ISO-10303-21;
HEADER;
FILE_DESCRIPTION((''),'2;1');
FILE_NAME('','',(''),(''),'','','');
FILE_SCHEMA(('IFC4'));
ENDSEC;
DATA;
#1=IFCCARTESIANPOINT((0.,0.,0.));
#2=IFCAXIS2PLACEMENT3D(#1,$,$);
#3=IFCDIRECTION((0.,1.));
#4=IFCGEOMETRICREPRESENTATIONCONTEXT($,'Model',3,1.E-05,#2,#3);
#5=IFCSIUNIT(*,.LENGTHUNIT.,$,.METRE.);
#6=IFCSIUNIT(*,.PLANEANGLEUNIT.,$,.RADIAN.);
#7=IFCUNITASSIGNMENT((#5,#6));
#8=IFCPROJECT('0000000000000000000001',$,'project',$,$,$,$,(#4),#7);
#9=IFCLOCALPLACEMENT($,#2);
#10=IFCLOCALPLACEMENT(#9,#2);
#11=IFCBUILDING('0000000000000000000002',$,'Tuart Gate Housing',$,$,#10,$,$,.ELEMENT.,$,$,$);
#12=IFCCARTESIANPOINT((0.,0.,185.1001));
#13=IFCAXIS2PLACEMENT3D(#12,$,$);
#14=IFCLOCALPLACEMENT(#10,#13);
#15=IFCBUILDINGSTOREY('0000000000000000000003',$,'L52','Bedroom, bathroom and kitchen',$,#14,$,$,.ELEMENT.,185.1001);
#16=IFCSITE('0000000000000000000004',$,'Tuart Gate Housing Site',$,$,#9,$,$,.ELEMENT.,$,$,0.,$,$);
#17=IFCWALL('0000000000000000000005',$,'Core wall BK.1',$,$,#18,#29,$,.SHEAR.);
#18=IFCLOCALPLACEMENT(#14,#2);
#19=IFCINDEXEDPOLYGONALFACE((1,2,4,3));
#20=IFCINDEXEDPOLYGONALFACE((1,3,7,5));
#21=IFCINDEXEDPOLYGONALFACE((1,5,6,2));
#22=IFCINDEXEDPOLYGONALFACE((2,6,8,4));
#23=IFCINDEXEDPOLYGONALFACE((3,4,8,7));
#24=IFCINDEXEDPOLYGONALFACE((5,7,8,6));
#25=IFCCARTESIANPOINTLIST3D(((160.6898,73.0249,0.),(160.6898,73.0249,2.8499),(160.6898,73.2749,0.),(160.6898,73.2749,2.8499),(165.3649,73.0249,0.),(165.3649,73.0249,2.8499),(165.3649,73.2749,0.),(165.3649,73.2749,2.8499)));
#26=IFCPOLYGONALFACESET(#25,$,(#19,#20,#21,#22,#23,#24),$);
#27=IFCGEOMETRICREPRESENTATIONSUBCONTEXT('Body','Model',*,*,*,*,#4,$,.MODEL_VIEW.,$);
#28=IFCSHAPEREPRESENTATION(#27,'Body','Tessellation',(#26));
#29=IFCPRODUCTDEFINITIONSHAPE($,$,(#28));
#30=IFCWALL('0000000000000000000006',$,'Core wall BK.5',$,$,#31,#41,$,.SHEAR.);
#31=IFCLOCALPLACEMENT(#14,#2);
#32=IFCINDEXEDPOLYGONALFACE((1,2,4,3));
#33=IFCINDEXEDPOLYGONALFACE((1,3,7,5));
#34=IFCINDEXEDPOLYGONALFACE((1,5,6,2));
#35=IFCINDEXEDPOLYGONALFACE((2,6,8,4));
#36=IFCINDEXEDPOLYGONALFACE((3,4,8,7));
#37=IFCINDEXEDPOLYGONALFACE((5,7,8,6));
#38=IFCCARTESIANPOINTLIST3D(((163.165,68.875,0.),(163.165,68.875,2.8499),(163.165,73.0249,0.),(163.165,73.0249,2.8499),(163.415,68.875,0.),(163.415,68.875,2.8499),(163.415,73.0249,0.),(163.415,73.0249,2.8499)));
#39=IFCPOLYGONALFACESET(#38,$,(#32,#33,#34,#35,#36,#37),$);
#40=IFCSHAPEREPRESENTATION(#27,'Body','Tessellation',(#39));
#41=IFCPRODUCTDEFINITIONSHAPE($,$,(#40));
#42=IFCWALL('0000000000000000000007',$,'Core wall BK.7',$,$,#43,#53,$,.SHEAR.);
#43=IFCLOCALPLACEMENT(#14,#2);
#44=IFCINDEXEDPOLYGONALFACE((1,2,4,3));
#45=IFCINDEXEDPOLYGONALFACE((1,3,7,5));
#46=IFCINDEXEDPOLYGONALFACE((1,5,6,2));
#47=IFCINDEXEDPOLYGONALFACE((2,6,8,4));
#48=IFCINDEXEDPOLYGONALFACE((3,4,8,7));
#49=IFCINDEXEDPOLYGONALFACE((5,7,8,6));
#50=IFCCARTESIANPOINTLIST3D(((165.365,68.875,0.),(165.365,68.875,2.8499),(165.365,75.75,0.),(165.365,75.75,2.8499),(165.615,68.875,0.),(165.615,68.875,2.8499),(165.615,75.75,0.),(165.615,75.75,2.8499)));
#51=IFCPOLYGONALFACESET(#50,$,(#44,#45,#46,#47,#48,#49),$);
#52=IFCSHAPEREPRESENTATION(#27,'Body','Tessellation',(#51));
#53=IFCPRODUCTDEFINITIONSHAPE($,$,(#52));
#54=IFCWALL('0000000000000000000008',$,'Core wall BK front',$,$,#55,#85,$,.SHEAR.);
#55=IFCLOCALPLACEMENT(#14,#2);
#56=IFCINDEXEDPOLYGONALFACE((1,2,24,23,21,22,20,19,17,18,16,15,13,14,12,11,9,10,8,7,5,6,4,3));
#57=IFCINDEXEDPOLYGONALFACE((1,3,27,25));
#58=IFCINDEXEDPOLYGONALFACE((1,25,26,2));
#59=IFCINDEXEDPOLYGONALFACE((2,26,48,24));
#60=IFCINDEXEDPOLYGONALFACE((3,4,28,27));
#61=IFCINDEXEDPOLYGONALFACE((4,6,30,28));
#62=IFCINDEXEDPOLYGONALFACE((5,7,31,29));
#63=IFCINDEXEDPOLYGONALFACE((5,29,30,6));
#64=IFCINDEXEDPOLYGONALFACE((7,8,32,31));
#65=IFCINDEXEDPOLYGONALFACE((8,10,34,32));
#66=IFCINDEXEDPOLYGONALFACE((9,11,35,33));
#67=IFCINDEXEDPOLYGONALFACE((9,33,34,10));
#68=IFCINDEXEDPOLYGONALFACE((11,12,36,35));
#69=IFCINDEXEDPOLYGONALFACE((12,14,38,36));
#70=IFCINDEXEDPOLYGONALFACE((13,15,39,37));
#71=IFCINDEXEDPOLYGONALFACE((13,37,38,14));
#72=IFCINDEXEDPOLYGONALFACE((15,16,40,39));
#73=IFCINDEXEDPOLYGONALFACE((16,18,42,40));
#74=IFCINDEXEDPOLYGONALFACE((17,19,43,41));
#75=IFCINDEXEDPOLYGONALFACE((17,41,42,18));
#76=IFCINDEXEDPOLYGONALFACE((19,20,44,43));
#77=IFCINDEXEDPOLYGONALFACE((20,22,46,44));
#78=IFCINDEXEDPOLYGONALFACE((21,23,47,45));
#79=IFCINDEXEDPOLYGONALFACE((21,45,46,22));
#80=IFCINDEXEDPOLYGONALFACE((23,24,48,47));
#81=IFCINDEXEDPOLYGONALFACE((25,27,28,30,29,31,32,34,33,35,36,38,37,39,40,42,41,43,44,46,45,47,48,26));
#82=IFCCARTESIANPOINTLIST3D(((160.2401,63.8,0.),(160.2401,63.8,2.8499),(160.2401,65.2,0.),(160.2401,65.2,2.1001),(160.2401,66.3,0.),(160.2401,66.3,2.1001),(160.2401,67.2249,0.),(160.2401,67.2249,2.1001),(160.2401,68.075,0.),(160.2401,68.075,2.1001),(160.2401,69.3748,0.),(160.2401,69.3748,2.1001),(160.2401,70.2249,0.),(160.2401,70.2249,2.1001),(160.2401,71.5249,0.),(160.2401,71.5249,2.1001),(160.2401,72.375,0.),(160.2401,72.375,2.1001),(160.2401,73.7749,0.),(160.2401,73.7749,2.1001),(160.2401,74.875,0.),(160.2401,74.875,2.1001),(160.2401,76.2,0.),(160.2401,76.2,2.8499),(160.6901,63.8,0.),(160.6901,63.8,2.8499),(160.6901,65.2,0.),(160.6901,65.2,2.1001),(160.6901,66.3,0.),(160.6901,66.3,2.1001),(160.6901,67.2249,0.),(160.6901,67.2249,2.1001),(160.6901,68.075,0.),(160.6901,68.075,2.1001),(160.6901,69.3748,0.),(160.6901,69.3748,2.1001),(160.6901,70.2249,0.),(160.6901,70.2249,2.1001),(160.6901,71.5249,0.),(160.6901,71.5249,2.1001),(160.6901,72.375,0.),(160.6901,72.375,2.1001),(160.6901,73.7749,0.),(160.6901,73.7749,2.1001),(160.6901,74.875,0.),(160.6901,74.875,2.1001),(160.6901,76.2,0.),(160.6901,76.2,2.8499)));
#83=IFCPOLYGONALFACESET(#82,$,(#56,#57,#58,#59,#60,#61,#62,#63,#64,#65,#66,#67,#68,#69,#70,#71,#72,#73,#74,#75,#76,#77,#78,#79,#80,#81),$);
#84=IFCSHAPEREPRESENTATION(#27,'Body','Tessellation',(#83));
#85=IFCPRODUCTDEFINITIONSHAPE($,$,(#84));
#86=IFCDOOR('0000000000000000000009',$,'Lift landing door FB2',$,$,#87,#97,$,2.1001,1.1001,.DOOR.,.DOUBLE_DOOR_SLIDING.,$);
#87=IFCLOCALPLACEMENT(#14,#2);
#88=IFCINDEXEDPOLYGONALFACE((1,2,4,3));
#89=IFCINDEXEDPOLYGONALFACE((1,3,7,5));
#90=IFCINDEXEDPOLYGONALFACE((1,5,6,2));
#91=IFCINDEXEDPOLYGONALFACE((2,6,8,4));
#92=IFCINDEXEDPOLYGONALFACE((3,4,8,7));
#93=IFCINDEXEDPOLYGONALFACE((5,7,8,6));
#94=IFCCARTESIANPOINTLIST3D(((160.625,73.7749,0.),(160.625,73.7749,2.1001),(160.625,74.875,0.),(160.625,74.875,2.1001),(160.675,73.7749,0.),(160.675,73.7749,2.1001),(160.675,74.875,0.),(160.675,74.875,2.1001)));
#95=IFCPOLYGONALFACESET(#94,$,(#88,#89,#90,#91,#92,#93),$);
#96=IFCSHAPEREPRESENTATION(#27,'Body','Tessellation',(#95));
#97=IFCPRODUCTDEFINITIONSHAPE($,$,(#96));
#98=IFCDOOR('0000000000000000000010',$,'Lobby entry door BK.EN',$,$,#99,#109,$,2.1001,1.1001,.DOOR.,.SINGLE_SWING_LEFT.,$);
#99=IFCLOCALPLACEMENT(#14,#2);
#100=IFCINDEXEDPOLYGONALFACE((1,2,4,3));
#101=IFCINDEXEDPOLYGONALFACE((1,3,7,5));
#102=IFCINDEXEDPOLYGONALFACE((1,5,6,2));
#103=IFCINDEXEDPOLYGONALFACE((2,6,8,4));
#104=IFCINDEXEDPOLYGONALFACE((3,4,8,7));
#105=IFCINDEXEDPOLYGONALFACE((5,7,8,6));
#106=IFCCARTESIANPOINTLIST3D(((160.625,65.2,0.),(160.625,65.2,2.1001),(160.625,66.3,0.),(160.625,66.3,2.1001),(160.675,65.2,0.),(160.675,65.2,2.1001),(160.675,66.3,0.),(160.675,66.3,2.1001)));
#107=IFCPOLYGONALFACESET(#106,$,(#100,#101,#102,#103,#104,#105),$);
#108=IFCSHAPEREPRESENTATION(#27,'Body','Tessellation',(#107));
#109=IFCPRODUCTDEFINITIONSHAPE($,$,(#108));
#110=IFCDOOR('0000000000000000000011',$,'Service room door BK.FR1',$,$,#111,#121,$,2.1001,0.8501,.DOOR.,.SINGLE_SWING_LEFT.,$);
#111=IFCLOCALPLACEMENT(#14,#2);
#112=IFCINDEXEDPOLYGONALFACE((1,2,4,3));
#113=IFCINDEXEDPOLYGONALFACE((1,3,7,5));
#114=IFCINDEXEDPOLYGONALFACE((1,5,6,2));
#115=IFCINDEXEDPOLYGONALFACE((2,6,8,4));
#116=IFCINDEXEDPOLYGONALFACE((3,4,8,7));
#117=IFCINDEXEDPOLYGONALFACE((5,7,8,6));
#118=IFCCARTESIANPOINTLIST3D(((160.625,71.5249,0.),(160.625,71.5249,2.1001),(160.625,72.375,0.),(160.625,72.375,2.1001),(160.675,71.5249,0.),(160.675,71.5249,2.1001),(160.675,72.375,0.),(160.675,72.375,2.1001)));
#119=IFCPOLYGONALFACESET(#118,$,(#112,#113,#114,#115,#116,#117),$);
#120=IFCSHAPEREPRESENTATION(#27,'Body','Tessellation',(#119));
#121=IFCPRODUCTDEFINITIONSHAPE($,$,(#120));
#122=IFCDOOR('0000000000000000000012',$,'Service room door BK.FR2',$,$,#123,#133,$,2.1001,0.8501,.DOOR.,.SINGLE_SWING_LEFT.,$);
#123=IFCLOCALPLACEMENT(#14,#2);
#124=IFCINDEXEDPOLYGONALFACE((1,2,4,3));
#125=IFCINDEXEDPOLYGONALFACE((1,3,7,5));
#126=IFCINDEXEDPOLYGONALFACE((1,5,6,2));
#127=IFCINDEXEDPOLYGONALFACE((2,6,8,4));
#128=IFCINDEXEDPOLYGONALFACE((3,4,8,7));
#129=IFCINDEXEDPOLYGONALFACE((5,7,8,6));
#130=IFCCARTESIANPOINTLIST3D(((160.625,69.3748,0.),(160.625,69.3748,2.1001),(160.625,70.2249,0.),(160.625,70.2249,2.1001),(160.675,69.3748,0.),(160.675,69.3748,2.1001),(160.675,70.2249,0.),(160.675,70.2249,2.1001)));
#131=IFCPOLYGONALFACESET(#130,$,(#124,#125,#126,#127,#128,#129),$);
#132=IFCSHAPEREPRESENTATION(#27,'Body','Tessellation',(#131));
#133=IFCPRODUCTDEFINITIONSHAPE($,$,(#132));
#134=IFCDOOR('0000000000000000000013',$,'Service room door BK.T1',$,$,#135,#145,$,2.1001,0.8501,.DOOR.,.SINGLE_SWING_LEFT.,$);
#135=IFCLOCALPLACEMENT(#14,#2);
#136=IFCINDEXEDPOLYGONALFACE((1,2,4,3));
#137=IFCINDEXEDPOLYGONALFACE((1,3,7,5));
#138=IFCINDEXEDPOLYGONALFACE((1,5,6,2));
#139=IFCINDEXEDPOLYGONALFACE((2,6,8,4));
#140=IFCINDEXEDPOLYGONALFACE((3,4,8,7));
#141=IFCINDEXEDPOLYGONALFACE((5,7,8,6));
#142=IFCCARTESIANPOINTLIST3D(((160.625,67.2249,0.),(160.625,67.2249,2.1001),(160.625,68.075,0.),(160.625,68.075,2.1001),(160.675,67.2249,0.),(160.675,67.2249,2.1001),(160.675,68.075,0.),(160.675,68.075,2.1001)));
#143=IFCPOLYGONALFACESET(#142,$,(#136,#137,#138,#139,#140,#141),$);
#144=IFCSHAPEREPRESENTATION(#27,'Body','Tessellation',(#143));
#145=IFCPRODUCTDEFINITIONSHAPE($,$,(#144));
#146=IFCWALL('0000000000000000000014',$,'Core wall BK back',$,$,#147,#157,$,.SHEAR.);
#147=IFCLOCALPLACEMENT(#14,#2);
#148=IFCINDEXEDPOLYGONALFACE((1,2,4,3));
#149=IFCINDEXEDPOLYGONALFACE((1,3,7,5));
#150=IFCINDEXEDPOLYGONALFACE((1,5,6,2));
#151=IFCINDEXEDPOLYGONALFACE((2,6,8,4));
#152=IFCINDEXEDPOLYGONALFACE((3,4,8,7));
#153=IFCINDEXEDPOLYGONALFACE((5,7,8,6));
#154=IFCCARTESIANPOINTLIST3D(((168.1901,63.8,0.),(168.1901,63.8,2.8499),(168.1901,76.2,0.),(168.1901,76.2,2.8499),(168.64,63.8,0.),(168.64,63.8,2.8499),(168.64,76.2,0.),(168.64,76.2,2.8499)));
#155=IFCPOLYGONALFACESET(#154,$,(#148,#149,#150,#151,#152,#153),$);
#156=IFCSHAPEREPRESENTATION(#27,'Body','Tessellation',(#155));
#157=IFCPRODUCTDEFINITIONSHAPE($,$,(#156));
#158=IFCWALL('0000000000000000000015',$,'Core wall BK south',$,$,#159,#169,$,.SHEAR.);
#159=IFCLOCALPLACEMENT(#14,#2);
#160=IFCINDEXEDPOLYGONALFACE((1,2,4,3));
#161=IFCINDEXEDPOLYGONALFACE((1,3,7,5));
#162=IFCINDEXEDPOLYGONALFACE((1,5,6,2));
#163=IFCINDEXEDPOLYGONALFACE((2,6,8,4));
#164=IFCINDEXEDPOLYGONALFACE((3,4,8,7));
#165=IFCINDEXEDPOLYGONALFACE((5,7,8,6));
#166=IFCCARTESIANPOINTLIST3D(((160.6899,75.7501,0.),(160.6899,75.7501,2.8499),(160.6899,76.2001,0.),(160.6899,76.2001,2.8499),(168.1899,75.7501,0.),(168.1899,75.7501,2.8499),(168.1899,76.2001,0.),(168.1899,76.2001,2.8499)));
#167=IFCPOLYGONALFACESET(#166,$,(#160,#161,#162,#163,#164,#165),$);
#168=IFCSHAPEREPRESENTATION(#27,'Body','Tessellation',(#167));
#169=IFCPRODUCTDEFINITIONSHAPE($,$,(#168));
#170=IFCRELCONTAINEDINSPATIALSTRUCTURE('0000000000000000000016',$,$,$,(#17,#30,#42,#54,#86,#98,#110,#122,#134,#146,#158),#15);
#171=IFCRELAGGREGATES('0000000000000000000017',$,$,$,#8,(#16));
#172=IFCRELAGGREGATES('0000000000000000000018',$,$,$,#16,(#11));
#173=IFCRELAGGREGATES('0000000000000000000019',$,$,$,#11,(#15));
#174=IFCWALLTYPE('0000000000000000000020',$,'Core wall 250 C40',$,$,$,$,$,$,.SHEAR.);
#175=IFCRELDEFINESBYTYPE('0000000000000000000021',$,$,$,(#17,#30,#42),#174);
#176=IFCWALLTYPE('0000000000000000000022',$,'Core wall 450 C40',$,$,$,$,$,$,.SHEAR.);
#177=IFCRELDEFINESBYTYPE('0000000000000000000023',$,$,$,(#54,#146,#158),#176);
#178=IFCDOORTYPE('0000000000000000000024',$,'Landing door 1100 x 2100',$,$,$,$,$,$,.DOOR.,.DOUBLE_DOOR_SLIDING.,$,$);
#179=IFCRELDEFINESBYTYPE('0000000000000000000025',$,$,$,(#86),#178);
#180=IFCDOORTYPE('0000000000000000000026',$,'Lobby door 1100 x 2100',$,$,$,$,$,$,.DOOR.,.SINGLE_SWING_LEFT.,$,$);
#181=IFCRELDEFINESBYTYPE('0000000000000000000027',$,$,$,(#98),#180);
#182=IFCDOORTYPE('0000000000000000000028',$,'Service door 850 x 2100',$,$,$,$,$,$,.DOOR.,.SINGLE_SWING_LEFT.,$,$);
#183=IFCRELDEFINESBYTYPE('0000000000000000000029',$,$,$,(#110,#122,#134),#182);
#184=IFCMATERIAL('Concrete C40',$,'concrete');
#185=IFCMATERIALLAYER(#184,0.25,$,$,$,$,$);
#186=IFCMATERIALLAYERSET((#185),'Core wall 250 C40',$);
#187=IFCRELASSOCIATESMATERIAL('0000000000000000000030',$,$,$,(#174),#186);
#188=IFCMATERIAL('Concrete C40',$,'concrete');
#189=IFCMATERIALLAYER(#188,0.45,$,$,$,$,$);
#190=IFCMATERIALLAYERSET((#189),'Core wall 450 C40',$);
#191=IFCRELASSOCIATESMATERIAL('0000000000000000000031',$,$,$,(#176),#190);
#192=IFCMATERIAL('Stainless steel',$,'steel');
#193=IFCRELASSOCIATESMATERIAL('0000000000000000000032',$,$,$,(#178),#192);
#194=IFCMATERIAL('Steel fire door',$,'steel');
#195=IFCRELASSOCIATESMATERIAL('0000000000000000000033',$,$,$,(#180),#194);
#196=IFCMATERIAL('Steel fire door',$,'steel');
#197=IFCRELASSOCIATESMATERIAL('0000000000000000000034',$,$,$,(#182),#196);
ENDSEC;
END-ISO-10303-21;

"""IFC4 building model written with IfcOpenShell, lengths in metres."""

from ifc_helpers import new_model, si_unit, direction, frame, frame_2d, origin, place, context, subcontext, project, spatial, rectangle, extrude, material, layer, layer_set, type_object, element, fill, save


model = new_model("IFC4")

# Units and contexts
model_context = context("Model", 3, precision=1e-05, world=origin(), true_north=direction((0.0, 1.0)))
body_context = subcontext(model_context, "Body", "Model", "MODEL_VIEW")
ifc_project = project(units=[si_unit("LENGTHUNIT", "METRE"), si_unit("PLANEANGLEUNIT", "RADIAN")], contexts=[model_context])

# Site, building, storey
site_placement = place(None, origin())
site = spatial("IfcSite", under=ifc_project, at=site_placement, Name="Tuart Gate Housing Site", CompositionType="ELEMENT", RefElevation=0.0)
building_placement = place(site_placement, origin())
building = spatial("IfcBuilding", under=site, at=building_placement, Name="Tuart Gate Housing", CompositionType="ELEMENT")
storey_placement = place(building_placement, frame((0.0, 0.0, 185.1001)))
storey = spatial("IfcBuildingStorey", under=building, at=storey_placement, Name="L52", Description="Bedroom, bathroom and kitchen", CompositionType="ELEMENT", Elevation=185.1001)

# Walls
ifc_material_1 = material(Name="Concrete C40", Category="concrete")
ifc_layer_1 = layer(ifc_material_1, 0.25)
ifc_layer_set_1 = layer_set([ifc_layer_1], Name="Core wall 250 C40")
wall_type_1 = type_object("IfcWallType", Name="Core wall 250 C40", PredefinedType="SHEAR", material=ifc_layer_set_1)
wall_1_placement = place(storey_placement, frame((160.6899, 73.1499, 0.0), z_axis=(0.0, 0.0, 1.0), x_axis=(1.0, 0.0, 0.0)))
element("IfcWall", 1, at=wall_1_placement, inside=storey, type_object=wall_type_1, Name="Core wall BK.1", PredefinedType="SHEAR", context=body_context, shape_type="SweptSolid", body=[
    extrude(rectangle(XDim=4.675, YDim=0.25, at=frame_2d((2.3374, 0.0))), origin(), (0.0, 0.0, 1.0), 2.8499),
])
wall_2_placement = place(storey_placement, frame((163.29, 73.0249, 0.0), z_axis=(0.0, 0.0, 1.0), x_axis=(0.0, -1.0, 0.0)))
element("IfcWall", 2, at=wall_2_placement, inside=storey, type_object=wall_type_1, Name="Core wall BK.5", PredefinedType="SHEAR", context=body_context, shape_type="SweptSolid", body=[
    extrude(rectangle(XDim=4.1499, YDim=0.25, at=frame_2d((2.075, 0.0))), origin(), (0.0, 0.0, 1.0), 2.8499),
])
wall_3_placement = place(storey_placement, frame((165.49, 75.75, 0.0), z_axis=(0.0, 0.0, 1.0), x_axis=(0.0, -1.0, 0.0)))
element("IfcWall", 3, at=wall_3_placement, inside=storey, type_object=wall_type_1, Name="Core wall BK.7", PredefinedType="SHEAR", context=body_context, shape_type="SweptSolid", body=[
    extrude(rectangle(XDim=6.875, YDim=0.25, at=frame_2d((3.4375, 0.0))), origin(), (0.0, 0.0, 1.0), 2.8499),
])

# Wall, openings, doors
ifc_material_2 = material(Name="Concrete C40", Category="concrete")
ifc_layer_2 = layer(ifc_material_2, 0.45)
ifc_layer_set_2 = layer_set([ifc_layer_2], Name="Core wall 450 C40")
wall_type_2 = type_object("IfcWallType", Name="Core wall 450 C40", PredefinedType="SHEAR", material=ifc_layer_set_2)
wall_4_placement = place(storey_placement, frame((160.4651, 76.2, 0.0), z_axis=(0.0, 0.0, 1.0), x_axis=(0.0, -1.0, 0.0)))
wall_4 = element("IfcWall", 4, at=wall_4_placement, inside=storey, type_object=wall_type_2, Name="Core wall BK front", PredefinedType="SHEAR", context=body_context, shape_type="SweptSolid", body=[
    extrude(rectangle(XDim=12.3999, YDim=0.45, at=frame_2d((6.2, 0.0))), origin(), (0.0, 0.0, 1.0), 2.8499),
])
opening_1_placement = place(wall_4_placement, frame((1.325, 0.0, 0.0)))
opening_1 = element("IfcOpeningElement", 5, at=opening_1_placement, cuts=wall_4, PredefinedType="OPENING", context=body_context, shape_type="SweptSolid", body=[
    extrude(rectangle(XDim=1.1001, YDim=2.1001, at=frame_2d((0.55, 1.05))), frame((0.0, 0.2349, 0.0), z_axis=(0.0, -1.0, 0.0), x_axis=(1.0, 0.0, 0.0)), (0.0, 0.0, 1.0), 0.47),
])
opening_2_placement = place(wall_4_placement, frame((3.825, 0.0, 0.0)))
opening_2 = element("IfcOpeningElement", 6, at=opening_2_placement, cuts=wall_4, PredefinedType="OPENING", context=body_context, shape_type="SweptSolid", body=[
    extrude(rectangle(XDim=0.8501, YDim=2.1001, at=frame_2d((0.425, 1.05))), frame((0.0, 0.2349, 0.0), z_axis=(0.0, -1.0, 0.0), x_axis=(1.0, 0.0, 0.0)), (0.0, 0.0, 1.0), 0.47),
])
opening_3_placement = place(wall_4_placement, frame((5.9751, 0.0, 0.0)))
opening_3 = element("IfcOpeningElement", 7, at=opening_3_placement, cuts=wall_4, PredefinedType="OPENING", context=body_context, shape_type="SweptSolid", body=[
    extrude(rectangle(XDim=0.8501, YDim=2.1001, at=frame_2d((0.425, 1.05))), frame((0.0, 0.2349, 0.0), z_axis=(0.0, -1.0, 0.0), x_axis=(1.0, 0.0, 0.0)), (0.0, 0.0, 1.0), 0.47),
])
opening_4_placement = place(wall_4_placement, frame((9.8999, 0.0, 0.0)))
opening_4 = element("IfcOpeningElement", 8, at=opening_4_placement, cuts=wall_4, PredefinedType="OPENING", context=body_context, shape_type="SweptSolid", body=[
    extrude(rectangle(XDim=1.1001, YDim=2.1001, at=frame_2d((0.55, 1.05))), frame((0.0, 0.2349, 0.0), z_axis=(0.0, -1.0, 0.0), x_axis=(1.0, 0.0, 0.0)), (0.0, 0.0, 1.0), 0.47),
])
opening_5_placement = place(wall_4_placement, frame((8.125, 0.0, 0.0)))
opening_5 = element("IfcOpeningElement", 9, at=opening_5_placement, cuts=wall_4, PredefinedType="OPENING", context=body_context, shape_type="SweptSolid", body=[
    extrude(rectangle(XDim=0.8501, YDim=2.1001, at=frame_2d((0.425, 1.05))), frame((0.0, 0.2349, 0.0), z_axis=(0.0, -1.0, 0.0), x_axis=(1.0, 0.0, 0.0)), (0.0, 0.0, 1.0), 0.47),
])
ifc_material_3 = material(Name="Stainless steel", Category="steel")
door_type_1 = type_object("IfcDoorType", Name="Landing door 1100 x 2100", OperationType="DOUBLE_DOOR_SLIDING", PredefinedType="DOOR", material=ifc_material_3)
door_1_placement = place(opening_1_placement, origin())
door_1 = element("IfcDoor", 10, at=door_1_placement, inside=storey, type_object=door_type_1, Name="Lift landing door FB2", OperationType="DOUBLE_DOOR_SLIDING", OverallHeight=2.1001, OverallWidth=1.1001, PredefinedType="DOOR", context=body_context, shape_type="SweptSolid", body=[
    extrude(rectangle(XDim=1.1001, YDim=2.1001, at=frame_2d((0.55, 1.05))), frame((0.0, 0.21, 0.0), z_axis=(0.0, -1.0, 0.0), x_axis=(1.0, 0.0, 0.0)), (0.0, 0.0, 1.0), 0.05),
])
fill(opening_1, door_1)
ifc_material_4 = material(Name="Steel fire door", Category="steel")
door_type_2 = type_object("IfcDoorType", Name="Lobby door 1100 x 2100", OperationType="SINGLE_SWING_LEFT", PredefinedType="DOOR", material=ifc_material_4)
door_2_placement = place(opening_4_placement, origin())
door_2 = element("IfcDoor", 11, at=door_2_placement, inside=storey, type_object=door_type_2, Name="Lobby entry door BK.EN", OperationType="SINGLE_SWING_LEFT", OverallHeight=2.1001, OverallWidth=1.1001, PredefinedType="DOOR", context=body_context, shape_type="SweptSolid", body=[
    extrude(rectangle(XDim=1.1001, YDim=2.1001, at=frame_2d((0.55, 1.05))), frame((0.0, 0.21, 0.0), z_axis=(0.0, -1.0, 0.0), x_axis=(1.0, 0.0, 0.0)), (0.0, 0.0, 1.0), 0.05),
])
fill(opening_4, door_2)
ifc_material_5 = material(Name="Steel fire door", Category="steel")
door_type_3 = type_object("IfcDoorType", Name="Service door 850 x 2100", OperationType="SINGLE_SWING_LEFT", PredefinedType="DOOR", material=ifc_material_5)
door_3_placement = place(opening_2_placement, origin())
door_3 = element("IfcDoor", 12, at=door_3_placement, inside=storey, type_object=door_type_3, Name="Service room door BK.FR1", OperationType="SINGLE_SWING_LEFT", OverallHeight=2.1001, OverallWidth=0.8501, PredefinedType="DOOR", context=body_context, shape_type="SweptSolid", body=[
    extrude(rectangle(XDim=0.8501, YDim=2.1001, at=frame_2d((0.425, 1.05))), frame((0.0, 0.21, 0.0), z_axis=(0.0, -1.0, 0.0), x_axis=(1.0, 0.0, 0.0)), (0.0, 0.0, 1.0), 0.05),
])
fill(opening_2, door_3)
door_4_placement = place(opening_3_placement, origin())
door_4 = element("IfcDoor", 13, at=door_4_placement, inside=storey, type_object=door_type_3, Name="Service room door BK.FR2", OperationType="SINGLE_SWING_LEFT", OverallHeight=2.1001, OverallWidth=0.8501, PredefinedType="DOOR", context=body_context, shape_type="SweptSolid", body=[
    extrude(rectangle(XDim=0.8501, YDim=2.1001, at=frame_2d((0.425, 1.05))), frame((0.0, 0.21, 0.0), z_axis=(0.0, -1.0, 0.0), x_axis=(1.0, 0.0, 0.0)), (0.0, 0.0, 1.0), 0.05),
])
fill(opening_3, door_4)
door_5_placement = place(opening_5_placement, origin())
door_5 = element("IfcDoor", 14, at=door_5_placement, inside=storey, type_object=door_type_3, Name="Service room door BK.T1", OperationType="SINGLE_SWING_LEFT", OverallHeight=2.1001, OverallWidth=0.8501, PredefinedType="DOOR", context=body_context, shape_type="SweptSolid", body=[
    extrude(rectangle(XDim=0.8501, YDim=2.1001, at=frame_2d((0.425, 1.05))), frame((0.0, 0.21, 0.0), z_axis=(0.0, -1.0, 0.0), x_axis=(1.0, 0.0, 0.0)), (0.0, 0.0, 1.0), 0.05),
])
fill(opening_5, door_5)

# Walls
wall_5_placement = place(storey_placement, frame((168.415, 76.2, 0.0), z_axis=(0.0, 0.0, 1.0), x_axis=(0.0, -1.0, 0.0)))
element("IfcWall", 15, at=wall_5_placement, inside=storey, type_object=wall_type_2, Name="Core wall BK back", PredefinedType="SHEAR", context=body_context, shape_type="SweptSolid", body=[
    extrude(rectangle(XDim=12.3999, YDim=0.45, at=frame_2d((6.2, 0.0))), origin(), (0.0, 0.0, 1.0), 2.8499),
])
wall_6_placement = place(storey_placement, frame((160.6899, 75.9751, 0.0), z_axis=(0.0, 0.0, 1.0), x_axis=(1.0, 0.0, 0.0)))
element("IfcWall", 16, at=wall_6_placement, inside=storey, type_object=wall_type_2, Name="Core wall BK south", PredefinedType="SHEAR", context=body_context, shape_type="SweptSolid", body=[
    extrude(rectangle(XDim=7.5, YDim=0.45, at=frame_2d((3.75, 0.0))), origin(), (0.0, 0.0, 1.0), 2.8499),
])

save(model, "model.ifc")
